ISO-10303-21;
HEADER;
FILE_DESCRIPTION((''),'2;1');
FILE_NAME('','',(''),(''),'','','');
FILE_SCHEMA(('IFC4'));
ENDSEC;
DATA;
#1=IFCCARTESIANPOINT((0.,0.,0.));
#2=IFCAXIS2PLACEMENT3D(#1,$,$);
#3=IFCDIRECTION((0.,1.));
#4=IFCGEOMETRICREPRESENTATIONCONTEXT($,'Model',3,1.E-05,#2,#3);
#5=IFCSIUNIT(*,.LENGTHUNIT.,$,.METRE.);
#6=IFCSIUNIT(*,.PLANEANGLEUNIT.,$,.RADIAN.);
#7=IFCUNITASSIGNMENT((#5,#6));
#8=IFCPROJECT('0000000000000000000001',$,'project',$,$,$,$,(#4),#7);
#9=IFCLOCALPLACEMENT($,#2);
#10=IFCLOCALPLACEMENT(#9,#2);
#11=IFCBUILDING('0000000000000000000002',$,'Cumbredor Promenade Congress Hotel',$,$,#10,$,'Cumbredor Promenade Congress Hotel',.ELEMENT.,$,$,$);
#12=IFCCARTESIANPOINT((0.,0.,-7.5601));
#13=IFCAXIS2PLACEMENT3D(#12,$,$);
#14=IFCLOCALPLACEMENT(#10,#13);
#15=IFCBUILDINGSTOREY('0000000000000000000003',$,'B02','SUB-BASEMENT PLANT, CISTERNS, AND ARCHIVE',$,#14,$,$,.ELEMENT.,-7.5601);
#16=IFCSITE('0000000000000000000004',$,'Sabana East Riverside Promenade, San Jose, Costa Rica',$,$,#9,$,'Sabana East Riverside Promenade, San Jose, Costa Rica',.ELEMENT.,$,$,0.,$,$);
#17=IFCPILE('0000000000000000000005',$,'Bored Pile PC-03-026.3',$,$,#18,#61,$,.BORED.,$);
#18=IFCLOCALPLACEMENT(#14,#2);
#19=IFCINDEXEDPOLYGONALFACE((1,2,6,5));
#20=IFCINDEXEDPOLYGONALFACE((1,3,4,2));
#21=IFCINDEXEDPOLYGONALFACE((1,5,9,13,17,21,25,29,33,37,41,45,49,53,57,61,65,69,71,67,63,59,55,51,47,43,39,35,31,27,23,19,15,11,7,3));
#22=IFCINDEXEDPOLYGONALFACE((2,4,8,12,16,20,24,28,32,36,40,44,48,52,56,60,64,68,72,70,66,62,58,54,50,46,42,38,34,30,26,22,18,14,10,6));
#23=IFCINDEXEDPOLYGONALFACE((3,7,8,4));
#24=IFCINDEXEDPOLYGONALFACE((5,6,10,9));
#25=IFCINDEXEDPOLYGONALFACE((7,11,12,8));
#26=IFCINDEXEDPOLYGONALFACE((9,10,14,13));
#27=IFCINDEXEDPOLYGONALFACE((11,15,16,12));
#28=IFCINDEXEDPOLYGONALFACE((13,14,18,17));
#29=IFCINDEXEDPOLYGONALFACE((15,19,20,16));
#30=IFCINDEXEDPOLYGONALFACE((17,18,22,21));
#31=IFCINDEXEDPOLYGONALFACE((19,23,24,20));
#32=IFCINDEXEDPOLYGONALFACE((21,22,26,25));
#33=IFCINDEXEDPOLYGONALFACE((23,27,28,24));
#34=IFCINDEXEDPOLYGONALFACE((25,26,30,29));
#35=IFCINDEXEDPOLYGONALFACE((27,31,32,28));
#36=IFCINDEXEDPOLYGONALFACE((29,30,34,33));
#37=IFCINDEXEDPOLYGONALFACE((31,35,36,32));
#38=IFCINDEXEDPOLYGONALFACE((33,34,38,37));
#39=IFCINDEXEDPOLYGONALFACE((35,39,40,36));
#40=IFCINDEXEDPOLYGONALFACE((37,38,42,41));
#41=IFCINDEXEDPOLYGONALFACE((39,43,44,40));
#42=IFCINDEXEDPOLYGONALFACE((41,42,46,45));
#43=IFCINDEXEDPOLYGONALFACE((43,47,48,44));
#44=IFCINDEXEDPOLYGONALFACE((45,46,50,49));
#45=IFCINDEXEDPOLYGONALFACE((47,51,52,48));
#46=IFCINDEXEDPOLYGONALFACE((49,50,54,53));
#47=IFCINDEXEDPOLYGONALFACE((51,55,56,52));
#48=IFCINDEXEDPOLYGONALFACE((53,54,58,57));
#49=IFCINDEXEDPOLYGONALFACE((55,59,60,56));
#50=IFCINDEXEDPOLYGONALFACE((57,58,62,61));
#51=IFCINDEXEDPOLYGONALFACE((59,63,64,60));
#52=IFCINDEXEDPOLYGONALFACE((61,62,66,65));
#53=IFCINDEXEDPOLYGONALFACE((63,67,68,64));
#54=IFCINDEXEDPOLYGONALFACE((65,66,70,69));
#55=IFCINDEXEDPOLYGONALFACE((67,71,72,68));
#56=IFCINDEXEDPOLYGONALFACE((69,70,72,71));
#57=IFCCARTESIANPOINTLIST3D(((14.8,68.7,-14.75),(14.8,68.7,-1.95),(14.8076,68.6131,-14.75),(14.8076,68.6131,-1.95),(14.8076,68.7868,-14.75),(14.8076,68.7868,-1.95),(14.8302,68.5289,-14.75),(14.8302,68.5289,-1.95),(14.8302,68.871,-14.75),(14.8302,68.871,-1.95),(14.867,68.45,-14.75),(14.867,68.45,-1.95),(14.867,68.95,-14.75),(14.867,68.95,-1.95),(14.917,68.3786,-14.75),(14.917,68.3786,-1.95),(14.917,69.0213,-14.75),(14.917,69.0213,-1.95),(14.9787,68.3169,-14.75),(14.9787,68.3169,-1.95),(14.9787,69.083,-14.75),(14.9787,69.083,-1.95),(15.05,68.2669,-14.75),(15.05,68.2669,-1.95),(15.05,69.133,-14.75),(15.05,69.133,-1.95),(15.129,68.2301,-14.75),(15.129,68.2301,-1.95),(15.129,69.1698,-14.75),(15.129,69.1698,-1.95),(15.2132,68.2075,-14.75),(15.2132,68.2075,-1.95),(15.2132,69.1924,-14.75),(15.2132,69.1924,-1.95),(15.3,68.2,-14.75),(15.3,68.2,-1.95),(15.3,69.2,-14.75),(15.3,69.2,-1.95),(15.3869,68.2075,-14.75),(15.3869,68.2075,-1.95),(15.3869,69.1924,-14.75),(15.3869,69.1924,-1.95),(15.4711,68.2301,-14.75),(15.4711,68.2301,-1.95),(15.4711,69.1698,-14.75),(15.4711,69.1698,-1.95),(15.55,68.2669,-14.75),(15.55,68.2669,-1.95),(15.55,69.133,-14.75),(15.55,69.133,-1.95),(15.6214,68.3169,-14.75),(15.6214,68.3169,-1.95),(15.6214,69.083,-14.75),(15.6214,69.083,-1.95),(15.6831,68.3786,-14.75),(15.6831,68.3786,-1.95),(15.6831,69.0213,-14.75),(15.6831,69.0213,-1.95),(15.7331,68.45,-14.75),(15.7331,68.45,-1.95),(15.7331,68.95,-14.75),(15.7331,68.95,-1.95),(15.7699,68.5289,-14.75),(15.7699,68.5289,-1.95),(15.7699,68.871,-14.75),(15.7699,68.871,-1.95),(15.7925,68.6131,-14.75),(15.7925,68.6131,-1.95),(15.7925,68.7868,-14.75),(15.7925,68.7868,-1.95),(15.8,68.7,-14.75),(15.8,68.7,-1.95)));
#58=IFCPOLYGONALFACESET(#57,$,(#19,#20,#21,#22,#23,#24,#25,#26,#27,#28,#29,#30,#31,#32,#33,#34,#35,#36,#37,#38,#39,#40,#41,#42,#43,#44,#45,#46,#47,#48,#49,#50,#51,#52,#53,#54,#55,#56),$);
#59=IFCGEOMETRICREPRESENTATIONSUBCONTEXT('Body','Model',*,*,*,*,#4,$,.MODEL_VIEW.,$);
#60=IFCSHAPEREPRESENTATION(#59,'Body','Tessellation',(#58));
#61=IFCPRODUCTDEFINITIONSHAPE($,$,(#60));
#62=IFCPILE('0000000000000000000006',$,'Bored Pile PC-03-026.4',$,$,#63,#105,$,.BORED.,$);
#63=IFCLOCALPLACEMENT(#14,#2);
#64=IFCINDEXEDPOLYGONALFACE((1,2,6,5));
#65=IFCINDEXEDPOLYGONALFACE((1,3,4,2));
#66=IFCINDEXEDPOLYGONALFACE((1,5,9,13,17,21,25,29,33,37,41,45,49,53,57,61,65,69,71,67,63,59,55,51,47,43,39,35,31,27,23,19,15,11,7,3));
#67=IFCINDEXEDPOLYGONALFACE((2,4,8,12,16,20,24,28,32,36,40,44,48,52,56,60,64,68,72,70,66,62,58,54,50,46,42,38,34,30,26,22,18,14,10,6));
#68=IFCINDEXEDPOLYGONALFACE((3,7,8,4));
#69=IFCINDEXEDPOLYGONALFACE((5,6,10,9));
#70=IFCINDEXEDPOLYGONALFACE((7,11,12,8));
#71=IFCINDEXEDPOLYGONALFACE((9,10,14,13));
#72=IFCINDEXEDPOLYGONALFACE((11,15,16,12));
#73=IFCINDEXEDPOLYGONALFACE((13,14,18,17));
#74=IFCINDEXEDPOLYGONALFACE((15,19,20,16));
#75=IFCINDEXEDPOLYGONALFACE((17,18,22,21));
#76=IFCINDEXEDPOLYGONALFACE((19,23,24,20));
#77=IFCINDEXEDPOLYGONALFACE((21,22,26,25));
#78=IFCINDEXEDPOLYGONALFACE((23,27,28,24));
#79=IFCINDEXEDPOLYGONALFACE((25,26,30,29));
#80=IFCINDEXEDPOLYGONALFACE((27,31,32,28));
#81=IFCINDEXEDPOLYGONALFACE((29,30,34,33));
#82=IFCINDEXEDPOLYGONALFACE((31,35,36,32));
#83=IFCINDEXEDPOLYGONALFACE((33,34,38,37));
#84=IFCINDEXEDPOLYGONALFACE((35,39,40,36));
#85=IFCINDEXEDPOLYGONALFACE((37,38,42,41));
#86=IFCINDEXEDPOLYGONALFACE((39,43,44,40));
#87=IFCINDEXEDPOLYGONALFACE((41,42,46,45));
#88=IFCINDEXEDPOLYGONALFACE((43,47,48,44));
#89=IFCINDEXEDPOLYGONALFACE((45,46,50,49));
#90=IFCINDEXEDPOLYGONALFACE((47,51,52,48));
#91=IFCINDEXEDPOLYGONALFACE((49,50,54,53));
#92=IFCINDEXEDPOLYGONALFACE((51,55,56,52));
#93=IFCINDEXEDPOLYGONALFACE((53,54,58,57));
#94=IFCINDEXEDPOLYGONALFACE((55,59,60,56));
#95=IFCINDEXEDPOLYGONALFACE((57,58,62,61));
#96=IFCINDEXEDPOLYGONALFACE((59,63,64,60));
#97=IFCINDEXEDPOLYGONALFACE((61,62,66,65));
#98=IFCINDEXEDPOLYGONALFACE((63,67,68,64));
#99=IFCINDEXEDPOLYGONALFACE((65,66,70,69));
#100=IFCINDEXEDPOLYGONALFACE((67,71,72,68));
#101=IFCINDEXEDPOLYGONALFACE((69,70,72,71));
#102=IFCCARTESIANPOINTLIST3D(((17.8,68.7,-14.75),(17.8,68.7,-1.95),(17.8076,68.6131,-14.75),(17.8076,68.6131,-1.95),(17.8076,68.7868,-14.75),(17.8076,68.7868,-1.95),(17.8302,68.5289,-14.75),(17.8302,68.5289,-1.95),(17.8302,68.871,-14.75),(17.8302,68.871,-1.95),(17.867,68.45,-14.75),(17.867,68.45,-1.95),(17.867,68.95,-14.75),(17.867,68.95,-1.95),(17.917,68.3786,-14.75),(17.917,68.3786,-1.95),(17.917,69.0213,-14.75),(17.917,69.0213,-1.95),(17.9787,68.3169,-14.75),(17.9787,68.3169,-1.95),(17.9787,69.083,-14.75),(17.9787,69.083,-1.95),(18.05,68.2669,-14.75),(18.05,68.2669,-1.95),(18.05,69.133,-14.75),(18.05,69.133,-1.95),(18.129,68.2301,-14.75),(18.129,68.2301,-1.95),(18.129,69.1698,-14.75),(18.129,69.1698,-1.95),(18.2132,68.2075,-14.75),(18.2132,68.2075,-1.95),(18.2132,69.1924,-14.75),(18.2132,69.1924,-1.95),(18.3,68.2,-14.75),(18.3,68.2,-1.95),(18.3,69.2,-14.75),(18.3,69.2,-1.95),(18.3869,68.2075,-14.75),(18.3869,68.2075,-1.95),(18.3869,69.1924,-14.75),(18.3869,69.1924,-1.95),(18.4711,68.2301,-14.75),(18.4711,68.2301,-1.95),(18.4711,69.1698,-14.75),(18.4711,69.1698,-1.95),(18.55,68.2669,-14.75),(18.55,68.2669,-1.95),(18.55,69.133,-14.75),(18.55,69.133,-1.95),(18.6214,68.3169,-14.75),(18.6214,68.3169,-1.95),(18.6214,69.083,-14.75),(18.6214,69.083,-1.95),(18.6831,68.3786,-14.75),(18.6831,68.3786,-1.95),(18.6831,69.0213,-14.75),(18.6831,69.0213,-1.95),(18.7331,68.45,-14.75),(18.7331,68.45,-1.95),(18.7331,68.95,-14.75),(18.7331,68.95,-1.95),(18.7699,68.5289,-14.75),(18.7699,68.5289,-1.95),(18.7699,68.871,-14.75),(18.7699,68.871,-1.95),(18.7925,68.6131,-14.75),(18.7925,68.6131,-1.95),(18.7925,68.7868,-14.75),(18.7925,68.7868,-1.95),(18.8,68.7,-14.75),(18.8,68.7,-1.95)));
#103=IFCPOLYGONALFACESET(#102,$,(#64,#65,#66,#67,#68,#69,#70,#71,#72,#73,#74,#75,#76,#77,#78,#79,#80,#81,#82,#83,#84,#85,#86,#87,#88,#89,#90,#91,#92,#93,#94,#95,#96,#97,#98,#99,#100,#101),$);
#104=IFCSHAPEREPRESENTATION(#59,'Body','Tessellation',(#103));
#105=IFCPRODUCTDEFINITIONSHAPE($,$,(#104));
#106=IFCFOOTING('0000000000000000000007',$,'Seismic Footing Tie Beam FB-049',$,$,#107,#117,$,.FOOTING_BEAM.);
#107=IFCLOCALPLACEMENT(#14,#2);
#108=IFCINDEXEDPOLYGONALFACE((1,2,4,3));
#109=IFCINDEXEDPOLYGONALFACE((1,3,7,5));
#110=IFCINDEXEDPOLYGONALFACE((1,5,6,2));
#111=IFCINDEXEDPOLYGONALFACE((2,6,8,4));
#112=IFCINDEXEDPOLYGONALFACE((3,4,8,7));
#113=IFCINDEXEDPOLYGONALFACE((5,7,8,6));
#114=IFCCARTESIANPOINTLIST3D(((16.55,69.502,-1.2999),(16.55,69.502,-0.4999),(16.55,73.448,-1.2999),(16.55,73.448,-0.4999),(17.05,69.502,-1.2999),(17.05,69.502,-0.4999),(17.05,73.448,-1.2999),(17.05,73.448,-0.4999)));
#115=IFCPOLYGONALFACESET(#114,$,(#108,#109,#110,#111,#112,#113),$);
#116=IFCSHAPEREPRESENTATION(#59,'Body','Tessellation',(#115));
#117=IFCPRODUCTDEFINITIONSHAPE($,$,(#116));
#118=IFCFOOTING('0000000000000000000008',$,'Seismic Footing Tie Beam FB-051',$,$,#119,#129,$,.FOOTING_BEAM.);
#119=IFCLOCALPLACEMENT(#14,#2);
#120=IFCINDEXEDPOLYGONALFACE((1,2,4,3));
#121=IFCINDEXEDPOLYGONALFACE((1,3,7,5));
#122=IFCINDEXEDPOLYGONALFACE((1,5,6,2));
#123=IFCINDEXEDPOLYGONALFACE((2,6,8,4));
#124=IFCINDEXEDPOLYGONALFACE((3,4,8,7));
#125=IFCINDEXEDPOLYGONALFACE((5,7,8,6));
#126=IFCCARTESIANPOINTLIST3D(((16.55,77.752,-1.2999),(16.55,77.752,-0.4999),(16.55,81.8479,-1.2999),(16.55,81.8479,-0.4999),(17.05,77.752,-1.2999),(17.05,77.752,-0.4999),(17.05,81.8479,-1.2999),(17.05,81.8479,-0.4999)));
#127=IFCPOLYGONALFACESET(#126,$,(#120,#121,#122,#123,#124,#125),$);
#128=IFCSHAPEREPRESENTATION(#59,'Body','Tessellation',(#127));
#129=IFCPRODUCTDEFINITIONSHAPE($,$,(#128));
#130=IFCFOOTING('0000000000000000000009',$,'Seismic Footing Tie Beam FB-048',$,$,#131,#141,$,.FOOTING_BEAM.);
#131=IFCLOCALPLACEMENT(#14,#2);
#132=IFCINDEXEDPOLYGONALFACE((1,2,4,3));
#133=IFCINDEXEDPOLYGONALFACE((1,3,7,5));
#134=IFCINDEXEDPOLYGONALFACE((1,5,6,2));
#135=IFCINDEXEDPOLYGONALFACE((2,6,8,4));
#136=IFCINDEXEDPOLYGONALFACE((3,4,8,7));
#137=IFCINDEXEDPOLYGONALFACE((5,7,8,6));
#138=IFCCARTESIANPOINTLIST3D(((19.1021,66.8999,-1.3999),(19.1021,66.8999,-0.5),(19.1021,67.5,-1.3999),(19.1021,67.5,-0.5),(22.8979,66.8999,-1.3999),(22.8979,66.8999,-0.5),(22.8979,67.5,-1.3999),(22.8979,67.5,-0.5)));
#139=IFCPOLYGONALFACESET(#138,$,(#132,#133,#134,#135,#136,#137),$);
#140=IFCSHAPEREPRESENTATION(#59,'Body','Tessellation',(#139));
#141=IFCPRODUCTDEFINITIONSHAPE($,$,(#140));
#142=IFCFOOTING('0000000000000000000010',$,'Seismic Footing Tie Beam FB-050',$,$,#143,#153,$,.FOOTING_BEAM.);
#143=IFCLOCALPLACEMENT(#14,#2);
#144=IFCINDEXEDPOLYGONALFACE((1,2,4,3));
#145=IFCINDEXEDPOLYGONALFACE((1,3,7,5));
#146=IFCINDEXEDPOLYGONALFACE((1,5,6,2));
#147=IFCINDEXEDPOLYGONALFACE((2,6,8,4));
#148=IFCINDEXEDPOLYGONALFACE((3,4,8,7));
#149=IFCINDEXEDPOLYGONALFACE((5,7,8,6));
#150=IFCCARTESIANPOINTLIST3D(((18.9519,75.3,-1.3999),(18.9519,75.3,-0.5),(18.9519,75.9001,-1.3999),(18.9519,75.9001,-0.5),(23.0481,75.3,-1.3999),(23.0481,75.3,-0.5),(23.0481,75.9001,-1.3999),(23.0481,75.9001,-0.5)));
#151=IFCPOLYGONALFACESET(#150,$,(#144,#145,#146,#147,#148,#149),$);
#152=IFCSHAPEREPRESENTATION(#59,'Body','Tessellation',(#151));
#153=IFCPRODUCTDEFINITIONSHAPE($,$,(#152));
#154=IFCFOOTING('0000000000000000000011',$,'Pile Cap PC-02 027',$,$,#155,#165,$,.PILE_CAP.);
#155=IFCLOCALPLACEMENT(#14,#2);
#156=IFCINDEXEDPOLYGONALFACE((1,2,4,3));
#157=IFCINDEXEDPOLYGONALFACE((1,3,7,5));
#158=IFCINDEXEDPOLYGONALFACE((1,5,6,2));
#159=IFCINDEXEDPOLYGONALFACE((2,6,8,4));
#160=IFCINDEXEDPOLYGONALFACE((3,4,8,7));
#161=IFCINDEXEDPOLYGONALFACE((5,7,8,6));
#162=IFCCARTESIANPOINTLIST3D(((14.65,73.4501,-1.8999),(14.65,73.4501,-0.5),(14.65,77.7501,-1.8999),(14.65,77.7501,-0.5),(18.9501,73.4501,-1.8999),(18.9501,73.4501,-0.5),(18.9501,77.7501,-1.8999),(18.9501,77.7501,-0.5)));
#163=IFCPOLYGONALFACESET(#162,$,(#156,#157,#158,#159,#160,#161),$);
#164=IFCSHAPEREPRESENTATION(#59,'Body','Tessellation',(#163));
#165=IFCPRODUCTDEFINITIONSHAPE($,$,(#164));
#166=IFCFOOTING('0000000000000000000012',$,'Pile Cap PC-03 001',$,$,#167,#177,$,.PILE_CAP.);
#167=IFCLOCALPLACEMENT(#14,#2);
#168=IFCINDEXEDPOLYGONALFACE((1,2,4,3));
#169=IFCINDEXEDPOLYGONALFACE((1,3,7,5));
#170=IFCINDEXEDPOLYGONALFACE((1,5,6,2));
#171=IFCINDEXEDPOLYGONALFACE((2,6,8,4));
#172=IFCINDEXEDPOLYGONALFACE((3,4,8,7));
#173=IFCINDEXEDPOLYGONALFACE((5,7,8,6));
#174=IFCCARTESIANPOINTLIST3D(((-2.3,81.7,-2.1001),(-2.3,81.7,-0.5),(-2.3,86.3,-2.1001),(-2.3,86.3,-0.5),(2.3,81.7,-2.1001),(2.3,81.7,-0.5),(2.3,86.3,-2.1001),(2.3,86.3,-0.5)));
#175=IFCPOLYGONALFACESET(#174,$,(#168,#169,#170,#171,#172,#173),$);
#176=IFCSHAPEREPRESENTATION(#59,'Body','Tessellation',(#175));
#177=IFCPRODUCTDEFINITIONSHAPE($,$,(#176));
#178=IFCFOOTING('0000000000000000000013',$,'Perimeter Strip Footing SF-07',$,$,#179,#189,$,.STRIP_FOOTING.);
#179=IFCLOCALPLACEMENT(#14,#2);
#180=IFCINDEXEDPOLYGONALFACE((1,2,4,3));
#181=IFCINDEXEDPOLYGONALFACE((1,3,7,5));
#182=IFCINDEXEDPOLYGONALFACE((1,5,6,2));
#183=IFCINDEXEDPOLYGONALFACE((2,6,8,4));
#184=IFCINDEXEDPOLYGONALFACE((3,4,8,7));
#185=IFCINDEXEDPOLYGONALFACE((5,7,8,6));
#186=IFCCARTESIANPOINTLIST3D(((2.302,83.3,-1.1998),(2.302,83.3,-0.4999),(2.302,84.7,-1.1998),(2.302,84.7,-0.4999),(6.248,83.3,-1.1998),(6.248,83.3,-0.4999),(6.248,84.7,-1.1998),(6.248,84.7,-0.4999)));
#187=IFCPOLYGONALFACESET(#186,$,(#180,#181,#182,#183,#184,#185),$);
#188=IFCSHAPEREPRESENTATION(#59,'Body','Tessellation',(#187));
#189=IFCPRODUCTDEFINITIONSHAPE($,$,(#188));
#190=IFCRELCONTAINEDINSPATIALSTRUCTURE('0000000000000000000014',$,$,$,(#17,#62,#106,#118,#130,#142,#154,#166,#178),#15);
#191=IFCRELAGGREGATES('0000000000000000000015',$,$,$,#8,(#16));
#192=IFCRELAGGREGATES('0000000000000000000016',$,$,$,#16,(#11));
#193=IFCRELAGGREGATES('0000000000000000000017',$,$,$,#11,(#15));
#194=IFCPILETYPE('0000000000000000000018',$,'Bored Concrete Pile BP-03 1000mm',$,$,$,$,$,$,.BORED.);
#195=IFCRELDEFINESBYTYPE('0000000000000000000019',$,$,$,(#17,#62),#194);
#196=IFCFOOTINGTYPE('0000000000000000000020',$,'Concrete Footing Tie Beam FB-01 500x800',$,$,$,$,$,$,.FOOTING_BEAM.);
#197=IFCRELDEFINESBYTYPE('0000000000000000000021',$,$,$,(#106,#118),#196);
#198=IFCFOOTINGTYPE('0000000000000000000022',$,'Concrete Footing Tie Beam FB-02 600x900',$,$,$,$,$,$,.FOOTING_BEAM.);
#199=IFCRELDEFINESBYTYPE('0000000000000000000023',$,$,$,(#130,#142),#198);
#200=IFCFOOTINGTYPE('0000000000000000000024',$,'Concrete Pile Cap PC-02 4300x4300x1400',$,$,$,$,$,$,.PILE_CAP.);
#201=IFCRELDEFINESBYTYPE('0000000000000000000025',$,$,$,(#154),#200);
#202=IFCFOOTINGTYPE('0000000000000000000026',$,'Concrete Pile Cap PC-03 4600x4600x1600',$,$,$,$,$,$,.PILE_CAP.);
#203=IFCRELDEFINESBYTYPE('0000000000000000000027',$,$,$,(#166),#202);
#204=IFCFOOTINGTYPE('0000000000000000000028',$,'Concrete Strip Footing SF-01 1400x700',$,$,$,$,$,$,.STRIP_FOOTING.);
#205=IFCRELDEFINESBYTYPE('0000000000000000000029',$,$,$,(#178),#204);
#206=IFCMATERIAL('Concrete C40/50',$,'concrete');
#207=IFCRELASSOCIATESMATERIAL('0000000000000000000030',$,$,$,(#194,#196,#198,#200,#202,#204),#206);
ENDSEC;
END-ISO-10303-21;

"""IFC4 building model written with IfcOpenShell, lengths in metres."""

from ifc_helpers import new_model, si_unit, direction, frame, origin, origin_2d, place, context, subcontext, project, spatial, rectangle, circle, extrude, material, material_profile, profile_set, type_object, element, save


model = new_model("IFC4")

# Units and contexts
model_context = context("Model", 3, precision=1e-05, world=origin(), true_north=direction((0.0, 1.0)))
body_context = subcontext(model_context, "Body", "Model", "MODEL_VIEW")
ifc_project = project(units=[si_unit("LENGTHUNIT", "METRE"), si_unit("PLANEANGLEUNIT", "RADIAN")], contexts=[model_context])

# Site, building, storey
site_placement = place(None, origin())
site = spatial("IfcSite", under=ifc_project, at=site_placement, Name="Sabana East Riverside Promenade, San Jose, Costa Rica", LongName="Sabana East Riverside Promenade, San Jose, Costa Rica", CompositionType="ELEMENT", RefElevation=0.0)
building_placement = place(site_placement, origin())
building = spatial("IfcBuilding", under=site, at=building_placement, Name="Cumbredor Promenade Congress Hotel", LongName="Cumbredor Promenade Congress Hotel", CompositionType="ELEMENT")
storey_placement = place(building_placement, frame((0.0, 0.0, -7.5601)))
storey = spatial("IfcBuildingStorey", under=building, at=storey_placement, Name="B02", Description="SUB-BASEMENT PLANT, CISTERNS, AND ARCHIVE", CompositionType="ELEMENT", Elevation=-7.5601)

# Piles
ifc_material_1 = material(Name="Concrete C40/50", Category="concrete")
ifc_material_profile_1 = material_profile(ifc_material_1, circle(Radius=0.5, at=origin_2d()), Name="PILE D1000")
ifc_profile_set_1 = profile_set([ifc_material_profile_1], Name="Concrete C40/50")
pile_type_1 = type_object("IfcPileType", Name="Bored Concrete Pile BP-03 1000mm", PredefinedType="BORED", material=ifc_profile_set_1)
for number, where, z_axis, x_axis, name in (
    (1, (15.3, 68.7, -1.95), (0.0, 0.0, -1.0), (1.0, 0.0, 0.0), "Bored Pile PC-03-026.3"),
    (2, (18.3, 68.7, -1.95), (0.0, 0.0, -1.0), (1.0, 0.0, 0.0), "Bored Pile PC-03-026.4"),
):
    element("IfcPile", number, at=place(storey_placement, frame(where, z_axis=z_axis, x_axis=x_axis)), inside=storey, type_object=pile_type_1, Name=name, PredefinedType="BORED", context=body_context, shape_type="SweptSolid", body=[
        extrude(circle(Radius=0.5, at=origin_2d()), origin(), (0.0, 0.0, 1.0), 12.8),
    ])

# Footings
ifc_material_profile_2 = material_profile(ifc_material_1, rectangle(XDim=0.5, YDim=0.8, at=origin_2d()), Name="FB 500x800")
ifc_profile_set_2 = profile_set([ifc_material_profile_2], Name="Concrete C40/50")
footing_type_1 = type_object("IfcFootingType", Name="Concrete Footing Tie Beam FB-01 500x800", PredefinedType="FOOTING_BEAM", material=ifc_profile_set_2)
footing_1_placement = place(storey_placement, frame((16.8, 69.502, -0.8999), z_axis=(0.0, 1.0, 0.0), x_axis=(-1.0, 0.0, 0.0)))
element("IfcFooting", 3, at=footing_1_placement, inside=storey, type_object=footing_type_1, Name="Seismic Footing Tie Beam FB-049", PredefinedType="FOOTING_BEAM", context=body_context, shape_type="SweptSolid", body=[
    extrude(rectangle(XDim=0.5, YDim=0.8, at=origin_2d()), origin(), (0.0, 0.0, 1.0), 3.946),
])
footing_2_placement = place(storey_placement, frame((16.8, 77.752, -0.8999), z_axis=(0.0, 1.0, 0.0), x_axis=(-1.0, 0.0, 0.0)))
element("IfcFooting", 4, at=footing_2_placement, inside=storey, type_object=footing_type_1, Name="Seismic Footing Tie Beam FB-051", PredefinedType="FOOTING_BEAM", context=body_context, shape_type="SweptSolid", body=[
    extrude(rectangle(XDim=0.5, YDim=0.8, at=origin_2d()), origin(), (0.0, 0.0, 1.0), 4.0959),
])
ifc_material_profile_3 = material_profile(ifc_material_1, rectangle(XDim=0.6001, YDim=0.8999, at=origin_2d()), Name="FB 600x900")
ifc_profile_set_3 = profile_set([ifc_material_profile_3], Name="Concrete C40/50")
footing_type_2 = type_object("IfcFootingType", Name="Concrete Footing Tie Beam FB-02 600x900", PredefinedType="FOOTING_BEAM", material=ifc_profile_set_3)
footing_3_placement = place(storey_placement, frame((19.1021, 67.2, -0.95), z_axis=(1.0, 0.0, 0.0), x_axis=(0.0, 1.0, 0.0)))
element("IfcFooting", 5, at=footing_3_placement, inside=storey, type_object=footing_type_2, Name="Seismic Footing Tie Beam FB-048", PredefinedType="FOOTING_BEAM", context=body_context, shape_type="SweptSolid", body=[
    extrude(rectangle(XDim=0.6001, YDim=0.8999, at=origin_2d()), origin(), (0.0, 0.0, 1.0), 3.7959),
])
footing_4_placement = place(storey_placement, frame((18.9519, 75.6001, -0.95), z_axis=(1.0, 0.0, 0.0), x_axis=(0.0, 1.0, 0.0)))
element("IfcFooting", 6, at=footing_4_placement, inside=storey, type_object=footing_type_2, Name="Seismic Footing Tie Beam FB-050", PredefinedType="FOOTING_BEAM", context=body_context, shape_type="SweptSolid", body=[
    extrude(rectangle(XDim=0.6001, YDim=0.8999, at=origin_2d()), origin(), (0.0, 0.0, 1.0), 4.0962),
])
footing_type_3 = type_object("IfcFootingType", Name="Concrete Pile Cap PC-02 4300x4300x1400", PredefinedType="PILE_CAP", material=ifc_material_1)
footing_5_placement = place(storey_placement, frame((16.8, 75.6001, -1.8999), z_axis=(0.0, 0.0, 1.0), x_axis=(1.0, 0.0, 0.0)))
element("IfcFooting", 7, at=footing_5_placement, inside=storey, type_object=footing_type_3, Name="Pile Cap PC-02 027", PredefinedType="PILE_CAP", context=body_context, shape_type="SweptSolid", body=[
    extrude(rectangle(XDim=4.3, YDim=4.3, at=origin_2d()), origin(), (0.0, 0.0, 1.0), 1.3999),
])
footing_type_4 = type_object("IfcFootingType", Name="Concrete Pile Cap PC-03 4600x4600x1600", PredefinedType="PILE_CAP", material=ifc_material_1)
footing_6_placement = place(storey_placement, frame((0.0, 84.0, -2.1001), z_axis=(0.0, 0.0, 1.0), x_axis=(1.0, 0.0, 0.0)))
element("IfcFooting", 8, at=footing_6_placement, inside=storey, type_object=footing_type_4, Name="Pile Cap PC-03 001", PredefinedType="PILE_CAP", context=body_context, shape_type="SweptSolid", body=[
    extrude(rectangle(XDim=4.6001, YDim=4.6001, at=origin_2d()), origin(), (0.0, 0.0, 1.0), 1.6001),
])
ifc_material_profile_4 = material_profile(ifc_material_1, rectangle(XDim=1.3999, YDim=0.7, at=origin_2d()), Name="SF 1400x700")
ifc_profile_set_4 = profile_set([ifc_material_profile_4], Name="Concrete C40/50")
footing_type_5 = type_object("IfcFootingType", Name="Concrete Strip Footing SF-01 1400x700", PredefinedType="STRIP_FOOTING", material=ifc_profile_set_4)
footing_7_placement = place(storey_placement, frame((2.302, 84.0, -0.8499), z_axis=(1.0, 0.0, 0.0), x_axis=(0.0, 1.0, 0.0)))
element("IfcFooting", 9, at=footing_7_placement, inside=storey, type_object=footing_type_5, Name="Perimeter Strip Footing SF-07", PredefinedType="STRIP_FOOTING", context=body_context, shape_type="SweptSolid", body=[
    extrude(rectangle(XDim=1.3999, YDim=0.7, at=origin_2d()), origin(), (0.0, 0.0, 1.0), 3.946),
])

save(model, "model.ifc")
